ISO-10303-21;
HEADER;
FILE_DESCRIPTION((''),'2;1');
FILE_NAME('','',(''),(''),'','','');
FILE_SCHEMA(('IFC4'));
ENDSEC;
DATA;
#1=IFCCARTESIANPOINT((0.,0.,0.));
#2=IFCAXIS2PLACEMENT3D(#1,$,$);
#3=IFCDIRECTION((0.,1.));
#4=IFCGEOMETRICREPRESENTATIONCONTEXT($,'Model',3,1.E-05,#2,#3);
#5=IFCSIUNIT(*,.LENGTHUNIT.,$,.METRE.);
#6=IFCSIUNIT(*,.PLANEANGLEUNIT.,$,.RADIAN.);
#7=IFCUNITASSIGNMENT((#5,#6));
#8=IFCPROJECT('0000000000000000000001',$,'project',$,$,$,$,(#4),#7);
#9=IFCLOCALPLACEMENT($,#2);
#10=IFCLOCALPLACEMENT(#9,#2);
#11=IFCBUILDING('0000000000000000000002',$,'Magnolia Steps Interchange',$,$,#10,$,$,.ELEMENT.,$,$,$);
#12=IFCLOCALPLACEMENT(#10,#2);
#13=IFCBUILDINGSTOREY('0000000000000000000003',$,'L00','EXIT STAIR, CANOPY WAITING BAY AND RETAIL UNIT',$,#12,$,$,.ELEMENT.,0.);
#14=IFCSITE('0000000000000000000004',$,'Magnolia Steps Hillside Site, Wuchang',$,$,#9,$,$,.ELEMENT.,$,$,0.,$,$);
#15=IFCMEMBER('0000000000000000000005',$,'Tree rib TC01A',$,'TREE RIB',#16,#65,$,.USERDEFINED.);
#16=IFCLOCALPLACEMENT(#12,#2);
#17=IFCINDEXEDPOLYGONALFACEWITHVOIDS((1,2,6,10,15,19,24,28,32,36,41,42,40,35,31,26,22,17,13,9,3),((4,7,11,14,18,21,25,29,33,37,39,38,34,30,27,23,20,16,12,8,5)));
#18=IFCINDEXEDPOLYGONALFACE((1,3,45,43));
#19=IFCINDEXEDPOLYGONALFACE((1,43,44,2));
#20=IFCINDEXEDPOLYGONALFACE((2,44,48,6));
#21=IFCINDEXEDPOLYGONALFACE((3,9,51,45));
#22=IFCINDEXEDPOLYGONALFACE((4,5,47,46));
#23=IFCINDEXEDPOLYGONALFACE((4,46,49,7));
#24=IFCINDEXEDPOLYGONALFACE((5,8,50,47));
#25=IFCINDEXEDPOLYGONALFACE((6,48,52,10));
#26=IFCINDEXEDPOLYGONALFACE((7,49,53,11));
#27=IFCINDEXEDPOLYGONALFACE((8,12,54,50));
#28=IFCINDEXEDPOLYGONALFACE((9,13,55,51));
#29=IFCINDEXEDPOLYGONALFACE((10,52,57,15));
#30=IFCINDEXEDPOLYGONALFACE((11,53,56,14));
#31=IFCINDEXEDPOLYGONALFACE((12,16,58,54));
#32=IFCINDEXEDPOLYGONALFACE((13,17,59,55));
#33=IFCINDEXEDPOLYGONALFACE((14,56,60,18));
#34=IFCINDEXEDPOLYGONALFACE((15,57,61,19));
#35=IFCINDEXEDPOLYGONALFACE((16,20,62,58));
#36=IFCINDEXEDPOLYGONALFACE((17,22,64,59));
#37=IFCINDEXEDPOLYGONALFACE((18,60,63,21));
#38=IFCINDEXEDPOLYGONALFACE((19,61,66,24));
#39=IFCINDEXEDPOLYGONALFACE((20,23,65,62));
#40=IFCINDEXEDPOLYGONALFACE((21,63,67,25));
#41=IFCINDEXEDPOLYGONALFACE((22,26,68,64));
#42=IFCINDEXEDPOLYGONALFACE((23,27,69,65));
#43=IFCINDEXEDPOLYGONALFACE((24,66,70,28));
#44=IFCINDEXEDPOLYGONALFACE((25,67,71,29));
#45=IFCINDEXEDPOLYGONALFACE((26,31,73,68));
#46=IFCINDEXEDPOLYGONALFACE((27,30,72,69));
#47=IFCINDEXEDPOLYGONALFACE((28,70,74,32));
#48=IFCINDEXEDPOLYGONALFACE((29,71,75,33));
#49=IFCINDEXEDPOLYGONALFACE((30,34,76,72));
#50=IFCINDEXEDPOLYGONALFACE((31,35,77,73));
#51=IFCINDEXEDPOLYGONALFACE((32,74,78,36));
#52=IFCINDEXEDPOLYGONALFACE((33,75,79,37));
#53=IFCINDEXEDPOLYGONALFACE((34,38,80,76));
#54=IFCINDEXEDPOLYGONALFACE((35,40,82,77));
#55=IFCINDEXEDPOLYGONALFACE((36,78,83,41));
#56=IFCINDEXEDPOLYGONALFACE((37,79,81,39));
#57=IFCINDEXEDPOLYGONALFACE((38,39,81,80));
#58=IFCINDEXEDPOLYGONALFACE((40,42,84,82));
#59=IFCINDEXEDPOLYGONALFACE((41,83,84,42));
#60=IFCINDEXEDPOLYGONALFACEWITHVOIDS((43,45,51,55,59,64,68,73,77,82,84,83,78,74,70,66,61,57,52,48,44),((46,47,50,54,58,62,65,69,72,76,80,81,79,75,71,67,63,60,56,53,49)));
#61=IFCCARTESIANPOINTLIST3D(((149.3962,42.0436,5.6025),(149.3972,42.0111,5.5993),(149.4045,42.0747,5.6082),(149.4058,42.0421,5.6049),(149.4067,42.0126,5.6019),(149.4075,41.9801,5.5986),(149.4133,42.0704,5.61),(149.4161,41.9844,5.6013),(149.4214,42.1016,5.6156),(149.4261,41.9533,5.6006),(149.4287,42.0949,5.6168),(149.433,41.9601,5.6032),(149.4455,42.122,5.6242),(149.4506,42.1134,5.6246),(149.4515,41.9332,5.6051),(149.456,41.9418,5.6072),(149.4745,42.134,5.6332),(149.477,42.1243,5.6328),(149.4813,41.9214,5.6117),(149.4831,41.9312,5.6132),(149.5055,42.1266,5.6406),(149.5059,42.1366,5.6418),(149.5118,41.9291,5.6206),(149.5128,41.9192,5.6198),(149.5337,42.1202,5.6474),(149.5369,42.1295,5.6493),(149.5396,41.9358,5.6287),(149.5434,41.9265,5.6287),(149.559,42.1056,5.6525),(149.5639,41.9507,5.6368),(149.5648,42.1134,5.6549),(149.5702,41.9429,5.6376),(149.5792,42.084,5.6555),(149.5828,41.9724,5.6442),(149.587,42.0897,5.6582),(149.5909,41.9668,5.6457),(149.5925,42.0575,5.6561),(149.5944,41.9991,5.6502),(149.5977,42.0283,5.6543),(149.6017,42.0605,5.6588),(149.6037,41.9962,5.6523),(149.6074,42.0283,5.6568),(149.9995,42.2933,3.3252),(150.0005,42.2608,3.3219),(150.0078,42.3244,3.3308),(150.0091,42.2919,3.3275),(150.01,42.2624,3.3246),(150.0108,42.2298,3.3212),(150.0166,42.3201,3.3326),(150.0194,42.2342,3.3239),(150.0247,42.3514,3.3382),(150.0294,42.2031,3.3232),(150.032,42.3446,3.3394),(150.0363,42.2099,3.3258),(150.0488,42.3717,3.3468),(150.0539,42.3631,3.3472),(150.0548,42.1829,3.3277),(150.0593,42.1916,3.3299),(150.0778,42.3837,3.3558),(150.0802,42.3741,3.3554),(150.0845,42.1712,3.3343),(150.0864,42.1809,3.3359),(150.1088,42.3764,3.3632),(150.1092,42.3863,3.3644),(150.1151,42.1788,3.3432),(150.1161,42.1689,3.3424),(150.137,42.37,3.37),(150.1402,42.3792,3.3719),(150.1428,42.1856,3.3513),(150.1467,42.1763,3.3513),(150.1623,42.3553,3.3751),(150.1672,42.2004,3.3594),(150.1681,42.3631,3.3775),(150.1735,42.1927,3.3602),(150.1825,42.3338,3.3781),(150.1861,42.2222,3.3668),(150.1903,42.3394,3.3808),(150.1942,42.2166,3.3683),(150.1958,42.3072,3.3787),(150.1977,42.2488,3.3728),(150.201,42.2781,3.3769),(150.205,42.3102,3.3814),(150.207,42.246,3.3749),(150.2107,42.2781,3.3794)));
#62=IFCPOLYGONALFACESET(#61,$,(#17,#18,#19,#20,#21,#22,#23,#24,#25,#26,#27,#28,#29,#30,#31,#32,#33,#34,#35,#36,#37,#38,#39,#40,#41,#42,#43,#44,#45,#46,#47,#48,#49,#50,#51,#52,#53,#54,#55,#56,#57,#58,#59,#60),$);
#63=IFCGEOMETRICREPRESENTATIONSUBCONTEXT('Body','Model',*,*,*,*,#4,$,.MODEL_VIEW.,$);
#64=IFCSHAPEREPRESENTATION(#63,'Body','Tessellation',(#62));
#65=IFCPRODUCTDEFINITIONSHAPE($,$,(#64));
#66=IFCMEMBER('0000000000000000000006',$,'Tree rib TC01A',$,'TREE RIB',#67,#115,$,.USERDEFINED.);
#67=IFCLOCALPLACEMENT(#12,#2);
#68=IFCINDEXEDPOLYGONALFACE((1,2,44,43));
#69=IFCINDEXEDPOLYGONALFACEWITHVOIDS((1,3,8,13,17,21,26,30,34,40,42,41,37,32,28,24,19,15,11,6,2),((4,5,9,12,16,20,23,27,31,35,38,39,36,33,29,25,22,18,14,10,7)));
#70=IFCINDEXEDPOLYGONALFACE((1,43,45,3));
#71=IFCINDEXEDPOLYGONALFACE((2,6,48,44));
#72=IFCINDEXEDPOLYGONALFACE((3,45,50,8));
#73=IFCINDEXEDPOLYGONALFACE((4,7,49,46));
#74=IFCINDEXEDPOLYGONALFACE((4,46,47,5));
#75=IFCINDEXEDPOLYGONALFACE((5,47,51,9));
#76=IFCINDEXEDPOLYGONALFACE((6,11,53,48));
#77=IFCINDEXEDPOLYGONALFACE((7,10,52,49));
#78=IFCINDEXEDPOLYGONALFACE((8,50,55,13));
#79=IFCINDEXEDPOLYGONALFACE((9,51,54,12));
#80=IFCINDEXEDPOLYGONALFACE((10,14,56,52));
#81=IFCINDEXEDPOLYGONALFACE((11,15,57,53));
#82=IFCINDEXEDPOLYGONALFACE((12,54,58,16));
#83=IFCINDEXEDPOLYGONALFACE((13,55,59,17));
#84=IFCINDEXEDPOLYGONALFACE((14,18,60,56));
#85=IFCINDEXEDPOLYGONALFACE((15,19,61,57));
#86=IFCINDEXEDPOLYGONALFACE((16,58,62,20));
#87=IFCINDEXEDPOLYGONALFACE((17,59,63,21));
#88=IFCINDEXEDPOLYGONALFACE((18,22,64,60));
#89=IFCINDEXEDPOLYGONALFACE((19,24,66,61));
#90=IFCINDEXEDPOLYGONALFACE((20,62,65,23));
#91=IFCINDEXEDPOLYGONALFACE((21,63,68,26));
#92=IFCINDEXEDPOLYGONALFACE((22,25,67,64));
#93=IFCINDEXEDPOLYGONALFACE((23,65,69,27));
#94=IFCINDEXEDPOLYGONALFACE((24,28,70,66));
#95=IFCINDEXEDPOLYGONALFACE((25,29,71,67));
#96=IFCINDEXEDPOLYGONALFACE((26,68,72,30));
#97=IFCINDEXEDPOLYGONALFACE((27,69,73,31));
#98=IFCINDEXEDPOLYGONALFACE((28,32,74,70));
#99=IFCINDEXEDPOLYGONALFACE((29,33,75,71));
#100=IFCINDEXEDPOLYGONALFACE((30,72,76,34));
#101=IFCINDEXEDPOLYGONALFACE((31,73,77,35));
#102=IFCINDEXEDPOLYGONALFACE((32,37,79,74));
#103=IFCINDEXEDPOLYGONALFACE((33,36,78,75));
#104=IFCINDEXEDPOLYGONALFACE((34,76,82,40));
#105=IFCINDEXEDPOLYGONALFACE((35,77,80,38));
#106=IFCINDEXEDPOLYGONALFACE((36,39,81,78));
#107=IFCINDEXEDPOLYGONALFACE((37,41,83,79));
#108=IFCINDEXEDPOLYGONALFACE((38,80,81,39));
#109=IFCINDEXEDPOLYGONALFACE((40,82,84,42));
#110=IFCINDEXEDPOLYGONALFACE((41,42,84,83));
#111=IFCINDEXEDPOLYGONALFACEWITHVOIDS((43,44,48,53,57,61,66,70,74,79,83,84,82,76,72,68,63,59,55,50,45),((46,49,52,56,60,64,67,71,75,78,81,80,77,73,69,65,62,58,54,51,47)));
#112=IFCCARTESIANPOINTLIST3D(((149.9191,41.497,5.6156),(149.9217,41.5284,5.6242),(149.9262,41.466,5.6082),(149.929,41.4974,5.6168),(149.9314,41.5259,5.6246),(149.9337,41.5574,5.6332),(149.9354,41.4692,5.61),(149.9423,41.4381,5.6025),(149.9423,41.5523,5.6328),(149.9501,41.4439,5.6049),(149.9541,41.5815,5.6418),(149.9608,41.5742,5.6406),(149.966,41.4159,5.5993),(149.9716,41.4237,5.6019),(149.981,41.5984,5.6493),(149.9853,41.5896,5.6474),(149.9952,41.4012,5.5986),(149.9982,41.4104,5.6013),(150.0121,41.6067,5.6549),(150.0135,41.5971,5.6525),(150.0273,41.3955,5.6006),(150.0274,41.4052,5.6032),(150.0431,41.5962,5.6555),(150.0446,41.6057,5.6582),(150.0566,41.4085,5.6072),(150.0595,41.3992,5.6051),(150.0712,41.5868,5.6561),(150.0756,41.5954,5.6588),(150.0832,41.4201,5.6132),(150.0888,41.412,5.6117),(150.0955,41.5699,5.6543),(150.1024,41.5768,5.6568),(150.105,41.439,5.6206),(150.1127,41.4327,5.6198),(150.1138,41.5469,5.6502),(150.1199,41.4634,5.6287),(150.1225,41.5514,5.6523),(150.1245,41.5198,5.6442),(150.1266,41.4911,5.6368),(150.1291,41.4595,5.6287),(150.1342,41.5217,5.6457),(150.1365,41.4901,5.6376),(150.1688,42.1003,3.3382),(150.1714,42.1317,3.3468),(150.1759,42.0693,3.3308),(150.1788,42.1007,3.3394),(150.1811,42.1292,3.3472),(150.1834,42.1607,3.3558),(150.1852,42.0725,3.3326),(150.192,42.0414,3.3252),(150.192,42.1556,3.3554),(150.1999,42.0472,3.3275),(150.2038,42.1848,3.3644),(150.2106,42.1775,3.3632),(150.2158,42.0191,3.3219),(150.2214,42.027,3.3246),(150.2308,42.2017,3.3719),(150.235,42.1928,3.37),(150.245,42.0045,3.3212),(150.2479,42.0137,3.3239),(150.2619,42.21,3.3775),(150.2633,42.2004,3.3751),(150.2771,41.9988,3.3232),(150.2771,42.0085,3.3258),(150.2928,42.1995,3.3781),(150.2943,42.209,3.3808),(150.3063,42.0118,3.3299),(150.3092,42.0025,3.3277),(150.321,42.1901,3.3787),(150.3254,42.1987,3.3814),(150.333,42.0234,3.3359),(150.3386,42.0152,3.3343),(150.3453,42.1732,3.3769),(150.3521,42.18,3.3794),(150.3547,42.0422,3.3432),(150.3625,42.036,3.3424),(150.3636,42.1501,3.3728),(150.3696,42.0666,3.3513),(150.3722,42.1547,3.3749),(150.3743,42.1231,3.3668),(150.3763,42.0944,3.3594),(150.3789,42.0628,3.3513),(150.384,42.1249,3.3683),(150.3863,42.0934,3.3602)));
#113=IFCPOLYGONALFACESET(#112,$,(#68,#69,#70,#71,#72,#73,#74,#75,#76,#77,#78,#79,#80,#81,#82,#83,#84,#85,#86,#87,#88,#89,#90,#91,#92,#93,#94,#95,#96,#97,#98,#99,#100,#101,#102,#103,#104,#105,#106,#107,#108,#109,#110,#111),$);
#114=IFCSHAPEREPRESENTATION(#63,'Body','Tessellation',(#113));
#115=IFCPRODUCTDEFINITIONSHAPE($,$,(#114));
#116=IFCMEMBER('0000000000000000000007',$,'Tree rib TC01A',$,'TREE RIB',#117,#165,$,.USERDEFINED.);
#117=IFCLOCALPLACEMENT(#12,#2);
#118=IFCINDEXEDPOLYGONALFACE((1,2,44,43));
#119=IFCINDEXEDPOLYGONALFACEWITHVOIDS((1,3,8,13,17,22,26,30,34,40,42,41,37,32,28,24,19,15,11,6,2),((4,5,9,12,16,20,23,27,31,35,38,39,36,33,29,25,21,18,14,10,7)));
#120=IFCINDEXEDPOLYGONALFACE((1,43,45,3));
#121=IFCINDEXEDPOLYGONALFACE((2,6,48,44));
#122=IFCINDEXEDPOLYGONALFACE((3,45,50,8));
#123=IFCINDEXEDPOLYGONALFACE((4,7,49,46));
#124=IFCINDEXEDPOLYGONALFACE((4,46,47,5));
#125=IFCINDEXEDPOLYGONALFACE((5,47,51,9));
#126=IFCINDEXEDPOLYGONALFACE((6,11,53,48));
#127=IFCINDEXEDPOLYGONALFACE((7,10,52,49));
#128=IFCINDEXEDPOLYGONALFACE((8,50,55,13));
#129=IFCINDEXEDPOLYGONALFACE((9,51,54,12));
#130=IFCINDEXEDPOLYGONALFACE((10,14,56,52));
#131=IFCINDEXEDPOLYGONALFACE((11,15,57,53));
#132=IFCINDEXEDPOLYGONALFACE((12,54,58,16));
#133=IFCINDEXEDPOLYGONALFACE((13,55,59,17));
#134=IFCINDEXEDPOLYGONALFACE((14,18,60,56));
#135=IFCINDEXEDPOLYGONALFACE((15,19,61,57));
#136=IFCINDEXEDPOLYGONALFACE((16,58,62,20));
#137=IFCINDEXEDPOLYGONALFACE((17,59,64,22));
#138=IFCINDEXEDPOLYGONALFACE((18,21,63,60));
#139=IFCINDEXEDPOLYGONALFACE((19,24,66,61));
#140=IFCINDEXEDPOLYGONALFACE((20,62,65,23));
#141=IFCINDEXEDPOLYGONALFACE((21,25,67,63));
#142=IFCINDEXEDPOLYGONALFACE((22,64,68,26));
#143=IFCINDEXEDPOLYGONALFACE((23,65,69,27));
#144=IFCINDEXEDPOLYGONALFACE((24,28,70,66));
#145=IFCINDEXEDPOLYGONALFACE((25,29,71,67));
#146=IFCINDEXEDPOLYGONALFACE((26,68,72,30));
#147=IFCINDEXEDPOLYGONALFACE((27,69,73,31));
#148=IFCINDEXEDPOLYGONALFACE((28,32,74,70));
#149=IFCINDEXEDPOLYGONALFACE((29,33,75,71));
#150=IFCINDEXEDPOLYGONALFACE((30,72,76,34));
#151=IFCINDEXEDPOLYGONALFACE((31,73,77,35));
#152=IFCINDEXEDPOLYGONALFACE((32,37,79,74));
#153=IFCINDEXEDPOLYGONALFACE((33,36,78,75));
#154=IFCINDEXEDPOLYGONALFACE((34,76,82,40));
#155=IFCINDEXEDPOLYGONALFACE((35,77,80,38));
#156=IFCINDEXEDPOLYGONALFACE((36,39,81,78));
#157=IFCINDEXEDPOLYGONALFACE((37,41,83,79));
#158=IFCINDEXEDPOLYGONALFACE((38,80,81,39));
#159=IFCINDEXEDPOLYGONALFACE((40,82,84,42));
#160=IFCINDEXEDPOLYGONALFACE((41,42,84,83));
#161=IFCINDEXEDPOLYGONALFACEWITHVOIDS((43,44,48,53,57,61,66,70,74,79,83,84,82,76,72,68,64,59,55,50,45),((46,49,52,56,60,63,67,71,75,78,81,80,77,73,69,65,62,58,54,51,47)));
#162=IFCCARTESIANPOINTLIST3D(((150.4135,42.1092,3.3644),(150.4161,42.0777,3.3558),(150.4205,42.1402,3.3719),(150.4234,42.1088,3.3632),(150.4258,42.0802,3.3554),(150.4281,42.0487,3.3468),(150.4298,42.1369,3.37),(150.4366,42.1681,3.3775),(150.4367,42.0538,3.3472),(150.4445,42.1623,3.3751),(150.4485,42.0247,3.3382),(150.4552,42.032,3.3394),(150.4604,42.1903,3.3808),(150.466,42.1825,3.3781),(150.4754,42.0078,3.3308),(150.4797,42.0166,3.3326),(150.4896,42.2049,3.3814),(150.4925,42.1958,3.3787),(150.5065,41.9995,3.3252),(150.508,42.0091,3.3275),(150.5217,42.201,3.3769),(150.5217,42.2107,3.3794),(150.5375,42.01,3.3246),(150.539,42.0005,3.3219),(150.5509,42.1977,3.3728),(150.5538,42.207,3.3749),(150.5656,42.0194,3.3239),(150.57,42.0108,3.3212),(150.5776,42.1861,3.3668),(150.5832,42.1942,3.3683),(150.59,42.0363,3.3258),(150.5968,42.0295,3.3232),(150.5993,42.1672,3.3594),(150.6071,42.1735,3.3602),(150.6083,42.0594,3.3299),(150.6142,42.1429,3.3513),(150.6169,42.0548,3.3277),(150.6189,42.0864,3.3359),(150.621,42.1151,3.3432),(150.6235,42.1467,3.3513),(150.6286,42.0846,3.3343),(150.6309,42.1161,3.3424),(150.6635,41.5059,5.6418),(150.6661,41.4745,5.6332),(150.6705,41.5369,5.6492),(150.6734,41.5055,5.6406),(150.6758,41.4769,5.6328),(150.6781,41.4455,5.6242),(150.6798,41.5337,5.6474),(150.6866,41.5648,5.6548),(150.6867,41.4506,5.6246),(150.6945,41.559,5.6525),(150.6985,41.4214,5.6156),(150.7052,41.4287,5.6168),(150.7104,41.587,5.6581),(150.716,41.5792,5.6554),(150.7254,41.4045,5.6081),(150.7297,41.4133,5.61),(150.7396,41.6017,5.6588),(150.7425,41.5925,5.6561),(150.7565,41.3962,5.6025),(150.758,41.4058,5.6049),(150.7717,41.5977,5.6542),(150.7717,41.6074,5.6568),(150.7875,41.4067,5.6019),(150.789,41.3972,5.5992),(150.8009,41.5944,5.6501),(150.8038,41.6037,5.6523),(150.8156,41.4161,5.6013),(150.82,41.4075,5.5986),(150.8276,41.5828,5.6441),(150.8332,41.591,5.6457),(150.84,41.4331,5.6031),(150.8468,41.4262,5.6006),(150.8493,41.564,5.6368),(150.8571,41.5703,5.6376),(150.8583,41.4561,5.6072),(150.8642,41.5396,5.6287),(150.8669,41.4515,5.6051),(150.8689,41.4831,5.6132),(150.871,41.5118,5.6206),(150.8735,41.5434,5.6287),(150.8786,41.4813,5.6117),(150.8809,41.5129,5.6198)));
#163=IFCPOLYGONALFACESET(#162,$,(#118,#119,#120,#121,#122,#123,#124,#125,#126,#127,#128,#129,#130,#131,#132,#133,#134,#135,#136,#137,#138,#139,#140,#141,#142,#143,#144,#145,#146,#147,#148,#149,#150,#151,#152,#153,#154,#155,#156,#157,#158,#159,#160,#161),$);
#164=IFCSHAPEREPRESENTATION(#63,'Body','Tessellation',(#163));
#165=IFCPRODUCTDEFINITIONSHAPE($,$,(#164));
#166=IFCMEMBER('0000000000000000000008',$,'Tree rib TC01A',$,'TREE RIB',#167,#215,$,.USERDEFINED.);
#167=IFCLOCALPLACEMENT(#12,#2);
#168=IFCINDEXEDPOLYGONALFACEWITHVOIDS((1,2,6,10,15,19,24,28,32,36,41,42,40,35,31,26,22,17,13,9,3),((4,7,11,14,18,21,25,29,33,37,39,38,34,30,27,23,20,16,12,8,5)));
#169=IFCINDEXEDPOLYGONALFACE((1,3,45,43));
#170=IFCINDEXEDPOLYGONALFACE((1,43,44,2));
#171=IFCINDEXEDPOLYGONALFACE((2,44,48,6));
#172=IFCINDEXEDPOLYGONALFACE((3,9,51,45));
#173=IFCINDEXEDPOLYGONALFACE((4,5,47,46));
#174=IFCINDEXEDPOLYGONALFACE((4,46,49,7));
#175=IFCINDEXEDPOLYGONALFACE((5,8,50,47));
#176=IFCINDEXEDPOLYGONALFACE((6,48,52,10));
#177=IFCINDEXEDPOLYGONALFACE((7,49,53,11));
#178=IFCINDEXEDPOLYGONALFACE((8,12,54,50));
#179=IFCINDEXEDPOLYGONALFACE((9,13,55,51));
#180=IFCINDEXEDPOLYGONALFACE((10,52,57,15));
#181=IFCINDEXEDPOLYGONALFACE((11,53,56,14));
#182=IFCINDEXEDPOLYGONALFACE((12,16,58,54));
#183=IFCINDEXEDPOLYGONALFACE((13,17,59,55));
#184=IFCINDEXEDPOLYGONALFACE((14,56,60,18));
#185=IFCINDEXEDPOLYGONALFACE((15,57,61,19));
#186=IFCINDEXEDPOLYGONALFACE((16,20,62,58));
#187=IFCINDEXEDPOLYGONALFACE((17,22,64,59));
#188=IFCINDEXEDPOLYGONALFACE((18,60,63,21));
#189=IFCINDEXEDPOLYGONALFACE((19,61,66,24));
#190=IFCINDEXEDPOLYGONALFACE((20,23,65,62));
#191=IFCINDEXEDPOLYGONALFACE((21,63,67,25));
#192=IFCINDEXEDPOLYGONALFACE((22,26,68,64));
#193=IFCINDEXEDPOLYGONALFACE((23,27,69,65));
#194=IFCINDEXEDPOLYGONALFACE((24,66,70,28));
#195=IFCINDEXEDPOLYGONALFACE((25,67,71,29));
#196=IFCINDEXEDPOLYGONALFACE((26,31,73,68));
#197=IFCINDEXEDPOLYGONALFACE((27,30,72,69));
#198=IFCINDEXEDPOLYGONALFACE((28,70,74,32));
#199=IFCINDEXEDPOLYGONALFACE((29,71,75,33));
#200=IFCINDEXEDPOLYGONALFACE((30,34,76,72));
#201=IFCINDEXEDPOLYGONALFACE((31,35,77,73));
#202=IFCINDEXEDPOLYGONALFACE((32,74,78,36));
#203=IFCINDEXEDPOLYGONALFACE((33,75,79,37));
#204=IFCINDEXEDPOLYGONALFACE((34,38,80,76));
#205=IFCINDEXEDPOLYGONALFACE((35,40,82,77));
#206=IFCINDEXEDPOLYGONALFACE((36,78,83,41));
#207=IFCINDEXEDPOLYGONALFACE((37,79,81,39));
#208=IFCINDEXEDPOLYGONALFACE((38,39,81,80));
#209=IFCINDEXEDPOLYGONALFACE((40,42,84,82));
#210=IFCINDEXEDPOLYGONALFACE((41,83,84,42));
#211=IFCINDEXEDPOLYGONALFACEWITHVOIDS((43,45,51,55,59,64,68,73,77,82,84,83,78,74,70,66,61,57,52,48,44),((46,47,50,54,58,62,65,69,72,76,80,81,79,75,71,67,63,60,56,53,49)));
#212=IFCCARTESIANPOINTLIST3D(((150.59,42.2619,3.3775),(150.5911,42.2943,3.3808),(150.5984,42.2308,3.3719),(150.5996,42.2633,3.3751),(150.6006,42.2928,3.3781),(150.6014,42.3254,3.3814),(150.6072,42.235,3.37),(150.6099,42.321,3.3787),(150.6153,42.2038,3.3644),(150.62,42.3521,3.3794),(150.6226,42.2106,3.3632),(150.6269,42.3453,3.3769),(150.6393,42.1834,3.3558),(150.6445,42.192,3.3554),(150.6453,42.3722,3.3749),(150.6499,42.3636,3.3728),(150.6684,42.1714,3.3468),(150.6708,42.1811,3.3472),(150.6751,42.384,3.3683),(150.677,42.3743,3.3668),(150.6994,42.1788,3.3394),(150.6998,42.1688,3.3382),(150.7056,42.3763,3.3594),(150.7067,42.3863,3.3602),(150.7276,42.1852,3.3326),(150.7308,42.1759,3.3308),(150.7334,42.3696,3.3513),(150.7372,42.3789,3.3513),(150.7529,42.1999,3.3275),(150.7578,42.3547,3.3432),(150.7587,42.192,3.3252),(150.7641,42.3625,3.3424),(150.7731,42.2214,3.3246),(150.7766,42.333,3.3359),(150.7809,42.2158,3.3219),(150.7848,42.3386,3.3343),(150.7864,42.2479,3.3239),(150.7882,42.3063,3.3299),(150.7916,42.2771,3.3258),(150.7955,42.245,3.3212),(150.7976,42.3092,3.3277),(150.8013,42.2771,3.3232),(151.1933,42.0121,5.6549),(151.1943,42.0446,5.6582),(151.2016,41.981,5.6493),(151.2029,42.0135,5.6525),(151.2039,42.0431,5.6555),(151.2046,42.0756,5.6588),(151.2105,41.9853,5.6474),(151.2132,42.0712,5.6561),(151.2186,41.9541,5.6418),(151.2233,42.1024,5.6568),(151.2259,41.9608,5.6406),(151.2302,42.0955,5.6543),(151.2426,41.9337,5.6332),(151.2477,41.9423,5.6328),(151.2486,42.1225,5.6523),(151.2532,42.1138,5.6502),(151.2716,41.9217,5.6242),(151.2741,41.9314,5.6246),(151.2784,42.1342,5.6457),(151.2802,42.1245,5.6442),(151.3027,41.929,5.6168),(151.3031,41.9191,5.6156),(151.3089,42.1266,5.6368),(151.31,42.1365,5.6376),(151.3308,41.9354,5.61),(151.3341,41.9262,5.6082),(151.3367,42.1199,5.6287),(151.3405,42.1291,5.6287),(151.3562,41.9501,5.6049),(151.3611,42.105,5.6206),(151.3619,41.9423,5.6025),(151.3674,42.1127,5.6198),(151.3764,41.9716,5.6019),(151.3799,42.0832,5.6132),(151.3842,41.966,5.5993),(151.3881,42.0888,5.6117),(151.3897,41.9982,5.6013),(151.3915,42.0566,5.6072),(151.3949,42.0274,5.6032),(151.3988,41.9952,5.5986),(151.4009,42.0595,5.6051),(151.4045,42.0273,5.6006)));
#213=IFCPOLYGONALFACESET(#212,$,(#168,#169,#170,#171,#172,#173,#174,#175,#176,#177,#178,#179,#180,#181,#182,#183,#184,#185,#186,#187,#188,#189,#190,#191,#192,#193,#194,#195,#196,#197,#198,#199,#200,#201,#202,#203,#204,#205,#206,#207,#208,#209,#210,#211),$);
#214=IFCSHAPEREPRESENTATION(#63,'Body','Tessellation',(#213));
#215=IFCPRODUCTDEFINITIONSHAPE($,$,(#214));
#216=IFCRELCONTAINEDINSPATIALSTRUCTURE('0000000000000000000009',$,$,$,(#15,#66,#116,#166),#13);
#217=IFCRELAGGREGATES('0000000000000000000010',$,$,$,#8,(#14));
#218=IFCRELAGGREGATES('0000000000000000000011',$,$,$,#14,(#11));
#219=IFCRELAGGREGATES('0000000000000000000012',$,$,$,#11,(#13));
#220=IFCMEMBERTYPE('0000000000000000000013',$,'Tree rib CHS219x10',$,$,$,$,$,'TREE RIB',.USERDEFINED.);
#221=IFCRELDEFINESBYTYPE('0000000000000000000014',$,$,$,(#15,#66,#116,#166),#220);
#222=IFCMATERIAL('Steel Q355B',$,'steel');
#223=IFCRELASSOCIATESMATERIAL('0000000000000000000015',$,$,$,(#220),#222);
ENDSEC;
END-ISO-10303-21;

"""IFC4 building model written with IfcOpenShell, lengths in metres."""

from ifc_helpers import new_model, si_unit, direction, frame, origin, origin_2d, place, context, subcontext, project, spatial, hollow_circle, extrude, material, material_profile, profile_set, type_object, element, save


model = new_model("IFC4")

# Units and contexts
model_context = context("Model", 3, precision=1e-05, world=origin(), true_north=direction((0.0, 1.0)))
body_context = subcontext(model_context, "Body", "Model", "MODEL_VIEW")
ifc_project = project(units=[si_unit("LENGTHUNIT", "METRE"), si_unit("PLANEANGLEUNIT", "RADIAN")], contexts=[model_context])

# Site, building, storey
site_placement = place(None, origin())
site = spatial("IfcSite", under=ifc_project, at=site_placement, Name="Magnolia Steps Hillside Site, Wuchang", CompositionType="ELEMENT", RefElevation=0.0)
building_placement = place(site_placement, origin())
building = spatial("IfcBuilding", under=site, at=building_placement, Name="Magnolia Steps Interchange", CompositionType="ELEMENT")
storey_placement = place(building_placement, origin())
storey = spatial("IfcBuildingStorey", under=building, at=storey_placement, Name="L00", Description="EXIT STAIR, CANOPY WAITING BAY AND RETAIL UNIT", CompositionType="ELEMENT", Elevation=0.0)

# Members
ifc_material_1 = material(Name="Steel Q355B", Category="steel")
ifc_material_profile = material_profile(ifc_material_1, hollow_circle(Radius=0.1096, WallThickness=0.01, at=origin_2d()), Name="CHS219x10")
ifc_profile_set = profile_set([ifc_material_profile], Name="Steel Q355B")
member_type = type_object("IfcMemberType", Name="Tree rib CHS219x10", ElementType="TREE RIB", PredefinedType="USERDEFINED", material=ifc_profile_set)
for number, where, z_axis, x_axis, name in (
    (1, (150.1047, 42.2776, 3.3513), (-0.254642, -0.105422, 0.961272), (0.382517, -0.923948, 0.0), "Tree rib TC01A"),
    (2, (150.2776, 42.1047, 3.3513), (-0.105422, -0.254642, 0.961272), (0.923948, -0.382517, 0.0), "Tree rib TC01A"),
    (3, (150.5222, 42.1047, 3.3513), (0.105524, -0.254639, 0.961261), (0.923816, 0.382836, 0.0), "Tree rib TC01A"),
    (4, (150.6953, 42.2776, 3.3513), (0.254642, -0.105422, 0.961272), (0.382517, 0.923948, 0.0), "Tree rib TC01A"),
):
    element("IfcMember", number, at=place(storey_placement, frame(where, z_axis=z_axis, x_axis=x_axis)), inside=storey, type_object=member_type, Name=name, ObjectType="TREE RIB", PredefinedType="USERDEFINED", context=body_context, shape_type="SweptSolid", body=[
        extrude(hollow_circle(Radius=0.1096, WallThickness=0.01, at=origin_2d()), origin(), (0.0, 0.0, 1.0), 2.3691),
    ])

save(model, "model.ifc")
